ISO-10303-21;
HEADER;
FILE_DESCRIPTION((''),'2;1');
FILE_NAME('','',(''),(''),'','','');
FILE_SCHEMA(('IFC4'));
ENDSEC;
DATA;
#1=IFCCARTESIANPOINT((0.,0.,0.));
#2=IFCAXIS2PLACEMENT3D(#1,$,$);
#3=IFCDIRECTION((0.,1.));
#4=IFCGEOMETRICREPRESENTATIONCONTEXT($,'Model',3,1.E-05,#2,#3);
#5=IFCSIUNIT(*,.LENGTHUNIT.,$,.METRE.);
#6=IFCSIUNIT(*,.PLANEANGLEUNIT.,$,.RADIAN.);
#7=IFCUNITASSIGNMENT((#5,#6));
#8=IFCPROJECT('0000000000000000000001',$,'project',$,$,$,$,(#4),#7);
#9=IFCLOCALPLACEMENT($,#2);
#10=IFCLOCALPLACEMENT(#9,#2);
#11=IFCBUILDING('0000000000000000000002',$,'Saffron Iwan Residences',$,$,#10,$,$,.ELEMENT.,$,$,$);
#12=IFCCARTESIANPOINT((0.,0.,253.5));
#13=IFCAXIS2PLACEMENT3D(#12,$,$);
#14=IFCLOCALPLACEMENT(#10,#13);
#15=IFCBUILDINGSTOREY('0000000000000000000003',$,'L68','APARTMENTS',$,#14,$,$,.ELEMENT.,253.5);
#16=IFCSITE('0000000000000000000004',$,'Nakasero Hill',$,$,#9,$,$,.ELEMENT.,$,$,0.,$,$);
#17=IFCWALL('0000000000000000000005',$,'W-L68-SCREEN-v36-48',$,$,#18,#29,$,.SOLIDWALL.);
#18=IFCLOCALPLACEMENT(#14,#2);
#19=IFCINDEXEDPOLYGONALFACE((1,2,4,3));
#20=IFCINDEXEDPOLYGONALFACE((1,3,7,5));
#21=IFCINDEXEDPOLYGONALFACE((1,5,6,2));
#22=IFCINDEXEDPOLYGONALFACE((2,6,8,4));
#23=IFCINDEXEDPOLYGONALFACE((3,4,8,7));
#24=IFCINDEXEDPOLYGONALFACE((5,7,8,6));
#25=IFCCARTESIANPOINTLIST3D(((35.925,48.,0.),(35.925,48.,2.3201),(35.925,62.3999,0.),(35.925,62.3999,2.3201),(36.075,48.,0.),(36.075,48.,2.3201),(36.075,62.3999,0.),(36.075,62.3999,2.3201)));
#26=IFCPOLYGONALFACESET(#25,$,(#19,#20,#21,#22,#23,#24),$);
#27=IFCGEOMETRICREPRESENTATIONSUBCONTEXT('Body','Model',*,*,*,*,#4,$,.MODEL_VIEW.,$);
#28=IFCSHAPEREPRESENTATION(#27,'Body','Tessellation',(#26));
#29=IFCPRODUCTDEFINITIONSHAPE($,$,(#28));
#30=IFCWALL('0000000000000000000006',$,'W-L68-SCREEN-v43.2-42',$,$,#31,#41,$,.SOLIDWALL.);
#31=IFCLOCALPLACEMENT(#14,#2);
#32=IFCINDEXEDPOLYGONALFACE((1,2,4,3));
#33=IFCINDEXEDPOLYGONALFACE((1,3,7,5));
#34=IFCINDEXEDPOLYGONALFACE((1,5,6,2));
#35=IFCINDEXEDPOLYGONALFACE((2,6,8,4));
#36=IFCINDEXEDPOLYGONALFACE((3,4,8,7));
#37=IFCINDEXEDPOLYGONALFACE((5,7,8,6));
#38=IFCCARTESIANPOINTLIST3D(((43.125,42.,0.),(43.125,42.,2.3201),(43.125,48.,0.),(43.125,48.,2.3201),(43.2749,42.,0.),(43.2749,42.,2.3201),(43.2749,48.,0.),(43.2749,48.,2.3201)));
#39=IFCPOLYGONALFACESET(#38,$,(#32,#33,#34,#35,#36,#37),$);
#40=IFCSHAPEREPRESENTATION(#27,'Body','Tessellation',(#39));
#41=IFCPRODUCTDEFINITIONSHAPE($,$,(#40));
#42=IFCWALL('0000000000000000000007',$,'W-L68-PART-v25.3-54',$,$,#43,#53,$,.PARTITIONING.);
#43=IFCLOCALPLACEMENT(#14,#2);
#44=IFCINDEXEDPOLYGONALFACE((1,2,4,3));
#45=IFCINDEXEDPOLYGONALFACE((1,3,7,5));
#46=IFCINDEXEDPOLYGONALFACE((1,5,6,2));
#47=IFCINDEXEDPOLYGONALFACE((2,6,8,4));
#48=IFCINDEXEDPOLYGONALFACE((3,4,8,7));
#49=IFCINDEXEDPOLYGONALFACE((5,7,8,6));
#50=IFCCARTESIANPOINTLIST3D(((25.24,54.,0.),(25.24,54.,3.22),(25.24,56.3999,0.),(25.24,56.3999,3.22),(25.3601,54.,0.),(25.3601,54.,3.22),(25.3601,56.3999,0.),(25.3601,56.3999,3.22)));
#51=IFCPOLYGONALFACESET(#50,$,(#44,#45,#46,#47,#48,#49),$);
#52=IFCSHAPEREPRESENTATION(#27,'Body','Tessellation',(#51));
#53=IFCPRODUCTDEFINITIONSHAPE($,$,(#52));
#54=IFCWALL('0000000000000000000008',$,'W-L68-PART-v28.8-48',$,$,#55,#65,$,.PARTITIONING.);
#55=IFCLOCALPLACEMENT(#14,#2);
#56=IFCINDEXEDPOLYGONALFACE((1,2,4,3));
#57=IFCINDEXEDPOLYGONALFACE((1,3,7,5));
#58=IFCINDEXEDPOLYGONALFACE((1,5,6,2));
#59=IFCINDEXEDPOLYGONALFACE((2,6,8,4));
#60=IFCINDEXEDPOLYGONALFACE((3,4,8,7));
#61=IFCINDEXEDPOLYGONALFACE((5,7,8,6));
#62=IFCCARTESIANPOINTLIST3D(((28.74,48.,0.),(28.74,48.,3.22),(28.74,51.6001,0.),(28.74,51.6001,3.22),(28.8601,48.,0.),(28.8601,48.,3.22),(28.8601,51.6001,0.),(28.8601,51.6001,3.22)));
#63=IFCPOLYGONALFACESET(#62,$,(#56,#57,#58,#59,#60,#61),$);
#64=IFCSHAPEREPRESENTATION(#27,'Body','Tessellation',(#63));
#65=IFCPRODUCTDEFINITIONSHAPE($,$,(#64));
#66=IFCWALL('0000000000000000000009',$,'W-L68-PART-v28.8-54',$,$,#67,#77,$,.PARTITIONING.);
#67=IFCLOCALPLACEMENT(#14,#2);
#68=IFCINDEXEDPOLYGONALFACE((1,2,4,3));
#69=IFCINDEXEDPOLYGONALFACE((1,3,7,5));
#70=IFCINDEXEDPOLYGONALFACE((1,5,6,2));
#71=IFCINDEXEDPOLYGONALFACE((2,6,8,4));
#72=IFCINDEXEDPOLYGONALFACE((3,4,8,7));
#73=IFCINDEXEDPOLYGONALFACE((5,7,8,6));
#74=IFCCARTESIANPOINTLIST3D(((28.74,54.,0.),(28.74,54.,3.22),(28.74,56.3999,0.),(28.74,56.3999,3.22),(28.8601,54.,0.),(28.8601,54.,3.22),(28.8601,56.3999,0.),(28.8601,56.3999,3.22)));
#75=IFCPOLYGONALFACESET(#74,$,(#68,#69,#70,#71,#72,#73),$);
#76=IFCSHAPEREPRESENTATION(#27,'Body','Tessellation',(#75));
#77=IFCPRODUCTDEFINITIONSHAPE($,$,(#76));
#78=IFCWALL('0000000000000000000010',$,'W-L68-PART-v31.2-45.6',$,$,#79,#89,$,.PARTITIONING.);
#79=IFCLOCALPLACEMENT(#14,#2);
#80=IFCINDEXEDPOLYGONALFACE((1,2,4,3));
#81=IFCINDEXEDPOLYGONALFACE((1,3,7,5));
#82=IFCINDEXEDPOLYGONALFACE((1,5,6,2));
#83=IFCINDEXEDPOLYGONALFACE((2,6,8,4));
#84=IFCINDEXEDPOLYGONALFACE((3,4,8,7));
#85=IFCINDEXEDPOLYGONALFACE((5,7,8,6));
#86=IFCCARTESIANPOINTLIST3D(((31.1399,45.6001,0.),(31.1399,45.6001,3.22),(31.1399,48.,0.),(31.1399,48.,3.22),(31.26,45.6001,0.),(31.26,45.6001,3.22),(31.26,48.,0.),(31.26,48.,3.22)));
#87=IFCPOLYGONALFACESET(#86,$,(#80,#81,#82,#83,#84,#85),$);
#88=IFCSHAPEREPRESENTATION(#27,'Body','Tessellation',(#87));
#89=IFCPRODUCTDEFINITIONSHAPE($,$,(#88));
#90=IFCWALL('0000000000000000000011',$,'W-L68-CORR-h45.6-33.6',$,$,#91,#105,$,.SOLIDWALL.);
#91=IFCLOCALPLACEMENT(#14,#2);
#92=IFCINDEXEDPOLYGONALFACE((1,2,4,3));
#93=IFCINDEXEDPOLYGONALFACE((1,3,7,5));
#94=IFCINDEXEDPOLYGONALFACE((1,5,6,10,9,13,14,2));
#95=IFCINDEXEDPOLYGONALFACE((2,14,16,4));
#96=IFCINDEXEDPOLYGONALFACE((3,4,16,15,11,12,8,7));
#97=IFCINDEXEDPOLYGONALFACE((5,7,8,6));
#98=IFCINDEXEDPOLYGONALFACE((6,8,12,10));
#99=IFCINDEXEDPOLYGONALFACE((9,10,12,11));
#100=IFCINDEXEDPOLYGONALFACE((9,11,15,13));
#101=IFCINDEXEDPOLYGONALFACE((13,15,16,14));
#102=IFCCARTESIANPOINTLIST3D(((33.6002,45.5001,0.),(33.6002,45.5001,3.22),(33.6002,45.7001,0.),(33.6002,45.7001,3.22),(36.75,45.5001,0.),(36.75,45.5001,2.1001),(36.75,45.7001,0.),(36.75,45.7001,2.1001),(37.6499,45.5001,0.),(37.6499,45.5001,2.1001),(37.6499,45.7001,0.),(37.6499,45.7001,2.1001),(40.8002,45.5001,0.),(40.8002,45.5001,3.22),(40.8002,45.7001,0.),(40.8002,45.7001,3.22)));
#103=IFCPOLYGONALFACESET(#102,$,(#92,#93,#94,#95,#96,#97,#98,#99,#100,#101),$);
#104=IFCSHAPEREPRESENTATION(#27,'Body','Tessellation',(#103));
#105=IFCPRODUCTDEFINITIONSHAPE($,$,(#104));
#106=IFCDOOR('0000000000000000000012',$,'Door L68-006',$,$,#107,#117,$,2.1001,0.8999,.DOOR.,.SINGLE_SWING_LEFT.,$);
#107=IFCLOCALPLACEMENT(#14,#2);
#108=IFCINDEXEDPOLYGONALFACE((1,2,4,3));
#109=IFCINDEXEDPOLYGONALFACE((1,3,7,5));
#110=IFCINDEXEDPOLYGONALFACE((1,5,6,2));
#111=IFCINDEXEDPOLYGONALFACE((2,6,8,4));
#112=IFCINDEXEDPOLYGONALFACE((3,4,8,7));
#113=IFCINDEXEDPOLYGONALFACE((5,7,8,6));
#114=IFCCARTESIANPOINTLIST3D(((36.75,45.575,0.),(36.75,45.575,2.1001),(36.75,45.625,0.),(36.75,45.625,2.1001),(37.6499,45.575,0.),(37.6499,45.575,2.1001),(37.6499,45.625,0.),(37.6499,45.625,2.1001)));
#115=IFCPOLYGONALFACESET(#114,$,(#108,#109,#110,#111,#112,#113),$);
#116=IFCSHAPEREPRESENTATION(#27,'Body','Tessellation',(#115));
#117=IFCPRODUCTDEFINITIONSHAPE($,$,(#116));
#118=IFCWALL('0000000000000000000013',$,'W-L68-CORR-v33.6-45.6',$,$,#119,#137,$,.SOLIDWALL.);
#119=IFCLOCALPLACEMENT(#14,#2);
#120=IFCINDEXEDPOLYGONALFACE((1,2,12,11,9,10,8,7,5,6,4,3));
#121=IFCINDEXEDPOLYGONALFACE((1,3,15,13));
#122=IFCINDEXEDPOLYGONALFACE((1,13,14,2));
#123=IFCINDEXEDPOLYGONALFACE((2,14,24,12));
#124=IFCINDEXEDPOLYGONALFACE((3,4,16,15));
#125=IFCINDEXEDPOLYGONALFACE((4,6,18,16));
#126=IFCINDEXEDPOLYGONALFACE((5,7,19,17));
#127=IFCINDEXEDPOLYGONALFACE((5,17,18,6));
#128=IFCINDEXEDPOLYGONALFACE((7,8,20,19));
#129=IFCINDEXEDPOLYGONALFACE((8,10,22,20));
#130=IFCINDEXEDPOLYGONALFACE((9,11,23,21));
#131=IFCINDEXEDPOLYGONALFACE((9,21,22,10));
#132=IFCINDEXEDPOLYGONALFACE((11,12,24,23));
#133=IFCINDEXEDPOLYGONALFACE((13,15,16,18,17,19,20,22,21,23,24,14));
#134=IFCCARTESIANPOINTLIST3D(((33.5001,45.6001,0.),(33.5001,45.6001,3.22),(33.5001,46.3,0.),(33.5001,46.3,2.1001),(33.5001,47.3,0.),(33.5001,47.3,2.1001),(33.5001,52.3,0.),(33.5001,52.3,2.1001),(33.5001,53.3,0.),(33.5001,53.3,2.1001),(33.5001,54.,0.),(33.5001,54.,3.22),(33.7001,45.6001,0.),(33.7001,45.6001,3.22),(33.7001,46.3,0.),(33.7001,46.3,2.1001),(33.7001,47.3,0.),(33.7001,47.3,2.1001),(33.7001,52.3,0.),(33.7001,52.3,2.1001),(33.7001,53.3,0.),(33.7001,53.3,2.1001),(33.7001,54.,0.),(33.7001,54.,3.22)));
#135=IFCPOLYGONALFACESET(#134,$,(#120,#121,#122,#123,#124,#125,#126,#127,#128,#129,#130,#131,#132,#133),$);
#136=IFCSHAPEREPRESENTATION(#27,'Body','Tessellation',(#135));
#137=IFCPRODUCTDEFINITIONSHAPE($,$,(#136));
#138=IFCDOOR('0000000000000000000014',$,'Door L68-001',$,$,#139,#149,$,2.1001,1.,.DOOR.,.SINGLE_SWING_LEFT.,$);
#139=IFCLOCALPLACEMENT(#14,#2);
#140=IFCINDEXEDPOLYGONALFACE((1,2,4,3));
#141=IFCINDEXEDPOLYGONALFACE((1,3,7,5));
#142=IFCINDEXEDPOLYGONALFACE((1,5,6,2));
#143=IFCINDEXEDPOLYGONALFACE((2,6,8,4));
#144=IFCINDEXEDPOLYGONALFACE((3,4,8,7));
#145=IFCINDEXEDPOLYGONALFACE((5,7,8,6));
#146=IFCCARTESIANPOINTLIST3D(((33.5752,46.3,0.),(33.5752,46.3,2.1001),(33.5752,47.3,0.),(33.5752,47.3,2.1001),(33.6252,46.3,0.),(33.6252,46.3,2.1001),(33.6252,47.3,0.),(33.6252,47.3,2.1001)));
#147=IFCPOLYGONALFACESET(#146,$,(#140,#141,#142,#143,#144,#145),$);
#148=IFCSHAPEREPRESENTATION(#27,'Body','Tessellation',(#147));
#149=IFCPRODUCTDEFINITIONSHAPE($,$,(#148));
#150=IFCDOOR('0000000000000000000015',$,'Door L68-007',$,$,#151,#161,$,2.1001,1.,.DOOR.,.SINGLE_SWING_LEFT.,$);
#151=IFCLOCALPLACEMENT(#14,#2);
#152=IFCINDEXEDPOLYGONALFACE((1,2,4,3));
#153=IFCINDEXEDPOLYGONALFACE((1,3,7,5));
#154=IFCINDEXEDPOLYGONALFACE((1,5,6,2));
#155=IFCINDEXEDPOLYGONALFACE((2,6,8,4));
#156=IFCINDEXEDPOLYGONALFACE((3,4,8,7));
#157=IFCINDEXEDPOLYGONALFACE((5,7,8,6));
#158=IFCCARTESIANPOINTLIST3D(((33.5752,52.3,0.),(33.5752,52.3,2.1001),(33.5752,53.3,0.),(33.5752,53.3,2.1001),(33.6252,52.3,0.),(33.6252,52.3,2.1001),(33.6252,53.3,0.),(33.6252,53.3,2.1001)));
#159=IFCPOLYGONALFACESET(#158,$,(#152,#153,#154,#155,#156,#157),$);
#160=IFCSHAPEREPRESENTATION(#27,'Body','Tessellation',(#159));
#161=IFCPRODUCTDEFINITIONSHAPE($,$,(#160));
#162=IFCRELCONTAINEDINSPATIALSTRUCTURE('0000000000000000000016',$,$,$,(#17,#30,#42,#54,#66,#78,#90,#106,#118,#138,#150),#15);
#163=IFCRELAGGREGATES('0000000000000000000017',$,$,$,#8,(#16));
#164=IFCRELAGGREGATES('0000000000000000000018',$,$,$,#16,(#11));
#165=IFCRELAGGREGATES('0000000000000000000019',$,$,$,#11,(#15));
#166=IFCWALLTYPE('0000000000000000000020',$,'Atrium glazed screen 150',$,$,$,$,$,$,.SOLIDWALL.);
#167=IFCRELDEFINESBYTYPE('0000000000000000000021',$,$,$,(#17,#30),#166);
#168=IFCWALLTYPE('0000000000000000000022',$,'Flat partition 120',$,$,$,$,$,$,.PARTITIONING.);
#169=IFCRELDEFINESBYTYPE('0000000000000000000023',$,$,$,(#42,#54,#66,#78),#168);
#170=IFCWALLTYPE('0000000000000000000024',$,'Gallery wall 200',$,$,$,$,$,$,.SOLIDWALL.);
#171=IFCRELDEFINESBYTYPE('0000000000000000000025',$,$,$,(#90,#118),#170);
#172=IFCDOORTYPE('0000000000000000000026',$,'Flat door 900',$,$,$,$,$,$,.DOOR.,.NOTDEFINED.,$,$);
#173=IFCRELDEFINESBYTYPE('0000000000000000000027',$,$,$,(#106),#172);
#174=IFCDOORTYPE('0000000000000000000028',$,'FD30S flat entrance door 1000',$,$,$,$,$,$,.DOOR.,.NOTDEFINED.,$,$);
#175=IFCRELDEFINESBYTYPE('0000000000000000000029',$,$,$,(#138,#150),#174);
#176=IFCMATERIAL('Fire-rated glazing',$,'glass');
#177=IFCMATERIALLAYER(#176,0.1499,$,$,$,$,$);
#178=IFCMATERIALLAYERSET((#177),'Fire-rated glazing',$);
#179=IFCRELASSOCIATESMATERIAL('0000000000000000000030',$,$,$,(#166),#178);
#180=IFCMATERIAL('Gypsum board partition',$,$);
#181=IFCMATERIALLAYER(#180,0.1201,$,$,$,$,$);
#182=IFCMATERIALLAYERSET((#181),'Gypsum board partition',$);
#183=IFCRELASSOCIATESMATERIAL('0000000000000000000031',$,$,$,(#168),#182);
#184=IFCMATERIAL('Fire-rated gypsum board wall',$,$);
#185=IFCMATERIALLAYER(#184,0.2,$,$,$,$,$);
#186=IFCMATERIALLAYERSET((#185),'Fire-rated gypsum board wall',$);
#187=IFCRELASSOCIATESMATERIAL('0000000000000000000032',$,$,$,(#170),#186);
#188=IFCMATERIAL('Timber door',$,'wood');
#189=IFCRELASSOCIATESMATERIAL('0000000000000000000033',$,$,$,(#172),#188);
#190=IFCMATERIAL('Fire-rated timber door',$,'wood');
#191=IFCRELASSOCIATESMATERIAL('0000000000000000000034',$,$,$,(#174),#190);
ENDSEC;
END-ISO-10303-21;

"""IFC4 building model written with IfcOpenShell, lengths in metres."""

from ifc_helpers import new_model, si_unit, direction, frame, frame_2d, origin, place, context, subcontext, project, spatial, rectangle, extrude, material, layer, layer_set, type_object, element, fill, save


model = new_model("IFC4")

# Units and contexts
model_context = context("Model", 3, precision=1e-05, world=origin(), true_north=direction((0.0, 1.0)))
body_context = subcontext(model_context, "Body", "Model", "MODEL_VIEW")
ifc_project = project(units=[si_unit("LENGTHUNIT", "METRE"), si_unit("PLANEANGLEUNIT", "RADIAN")], contexts=[model_context])

# Site, building, storey
site_placement = place(None, origin())
site = spatial("IfcSite", under=ifc_project, at=site_placement, Name="Nakasero Hill", CompositionType="ELEMENT", RefElevation=0.0)
building_placement = place(site_placement, origin())
building = spatial("IfcBuilding", under=site, at=building_placement, Name="Saffron Iwan Residences", CompositionType="ELEMENT")
storey_placement = place(building_placement, frame((0.0, 0.0, 253.5)))
storey = spatial("IfcBuildingStorey", under=building, at=storey_placement, Name="L68", Description="APARTMENTS", CompositionType="ELEMENT", Elevation=253.5)

# Walls
ifc_material_1 = material(Name="Fire-rated glazing", Category="glass")
ifc_layer_1 = layer(ifc_material_1, 0.1499)
ifc_layer_set_1 = layer_set([ifc_layer_1], Name="Fire-rated glazing")
wall_type_1 = type_object("IfcWallType", Name="Atrium glazed screen 150", PredefinedType="SOLIDWALL", material=ifc_layer_set_1)
wall_1_placement = place(storey_placement, frame((36.0, 48.0, 0.0), z_axis=(0.0, 0.0, 1.0), x_axis=(0.0, 1.0, 0.0)))
element("IfcWall", 1, at=wall_1_placement, inside=storey, type_object=wall_type_1, Name="W-L68-SCREEN-v36-48", PredefinedType="SOLIDWALL", context=body_context, shape_type="SweptSolid", body=[
    extrude(rectangle(XDim=14.3999, YDim=0.1499, at=frame_2d((7.2, 0.0))), origin(), (0.0, 0.0, 1.0), 2.3201),
])
wall_2_placement = place(storey_placement, frame((43.2, 42.0, 0.0), z_axis=(0.0, 0.0, 1.0), x_axis=(0.0, 1.0, 0.0)))
element("IfcWall", 2, at=wall_2_placement, inside=storey, type_object=wall_type_1, Name="W-L68-SCREEN-v43.2-42", PredefinedType="SOLIDWALL", context=body_context, shape_type="SweptSolid", body=[
    extrude(rectangle(XDim=6.0, YDim=0.1499, at=frame_2d((3.0, 0.0))), origin(), (0.0, 0.0, 1.0), 2.3201),
])
ifc_material_2 = material(Name="Gypsum board partition")
ifc_layer_2 = layer(ifc_material_2, 0.1201)
ifc_layer_set_2 = layer_set([ifc_layer_2], Name="Gypsum board partition")
wall_type_2 = type_object("IfcWallType", Name="Flat partition 120", PredefinedType="PARTITIONING", material=ifc_layer_set_2)
wall_3_placement = place(storey_placement, frame((25.3, 54.0, 0.0), z_axis=(0.0, 0.0, 1.0), x_axis=(0.0, 1.0, 0.0)))
element("IfcWall", 3, at=wall_3_placement, inside=storey, type_object=wall_type_2, Name="W-L68-PART-v25.3-54", PredefinedType="PARTITIONING", context=body_context, shape_type="SweptSolid", body=[
    extrude(rectangle(XDim=2.3999, YDim=0.1201, at=frame_2d((1.2, 0.0))), origin(), (0.0, 0.0, 1.0), 3.22),
])
wall_4_placement = place(storey_placement, frame((28.8, 48.0, 0.0), z_axis=(0.0, 0.0, 1.0), x_axis=(0.0, 1.0, 0.0)))
element("IfcWall", 4, at=wall_4_placement, inside=storey, type_object=wall_type_2, Name="W-L68-PART-v28.8-48", PredefinedType="PARTITIONING", context=body_context, shape_type="SweptSolid", body=[
    extrude(rectangle(XDim=3.6001, YDim=0.1201, at=frame_2d((1.8, 0.0))), origin(), (0.0, 0.0, 1.0), 3.22),
])
for number, where, z_axis, x_axis, name in (
    (5, (28.8, 54.0, 0.0), (0.0, 0.0, 1.0), (0.0, 1.0, 0.0), "W-L68-PART-v28.8-54"),
    (6, (31.2, 45.6001, 0.0), (0.0, 0.0, 1.0), (0.0, 1.0, 0.0), "W-L68-PART-v31.2-45.6"),
):
    element("IfcWall", number, at=place(storey_placement, frame(where, z_axis=z_axis, x_axis=x_axis)), inside=storey, type_object=wall_type_2, Name=name, PredefinedType="PARTITIONING", context=body_context, shape_type="SweptSolid", body=[
        extrude(rectangle(XDim=2.3999, YDim=0.1201, at=frame_2d((1.2, 0.0))), origin(), (0.0, 0.0, 1.0), 3.22),
    ])

# Wall, opening, door
ifc_material_3 = material(Name="Fire-rated gypsum board wall")
ifc_layer_3 = layer(ifc_material_3, 0.2)
ifc_layer_set_3 = layer_set([ifc_layer_3], Name="Fire-rated gypsum board wall")
wall_type_3 = type_object("IfcWallType", Name="Gallery wall 200", PredefinedType="SOLIDWALL", material=ifc_layer_set_3)
wall_5_placement = place(storey_placement, frame((33.6001, 45.6001, 0.0), z_axis=(0.0, 0.0, 1.0), x_axis=(1.0, 0.0, 0.0)))
wall_5 = element("IfcWall", 7, at=wall_5_placement, inside=storey, type_object=wall_type_3, Name="W-L68-CORR-h45.6-33.6", PredefinedType="SOLIDWALL", context=body_context, shape_type="SweptSolid", body=[
    extrude(rectangle(XDim=7.2, YDim=0.2, at=frame_2d((3.6001, 0.0))), origin(), (0.0, 0.0, 1.0), 3.22),
])
opening_1_placement = place(wall_5_placement, frame((3.1499, 0.0, 0.0)))
opening_1 = element("IfcOpeningElement", 8, at=opening_1_placement, cuts=wall_5, PredefinedType="OPENING", context=body_context, shape_type="SweptSolid", body=[
    extrude(rectangle(XDim=0.8999, YDim=2.1001, at=frame_2d((0.45, 1.05))), frame((0.0, 0.1099, 0.0), z_axis=(0.0, -1.0, 0.0), x_axis=(1.0, 0.0, 0.0)), (0.0, 0.0, 1.0), 0.22),
])
ifc_material_4 = material(Name="Timber door", Category="wood")
door_type_1 = type_object("IfcDoorType", Name="Flat door 900", OperationType="NOTDEFINED", PredefinedType="DOOR", material=ifc_material_4)
door_1_placement = place(opening_1_placement, origin())
door_1 = element("IfcDoor", 9, at=door_1_placement, inside=storey, type_object=door_type_1, Name="Door L68-006", OperationType="SINGLE_SWING_LEFT", OverallHeight=2.1001, OverallWidth=0.8999, PredefinedType="DOOR", context=body_context, shape_type="SweptSolid", body=[
    extrude(rectangle(XDim=0.8999, YDim=2.1001, at=frame_2d((0.45, 1.05))), frame((0.0, 0.0249, 0.0), z_axis=(0.0, -1.0, 0.0), x_axis=(1.0, 0.0, 0.0)), (0.0, 0.0, 1.0), 0.05),
])
fill(opening_1, door_1)

# Wall, openings, doors
wall_6_placement = place(storey_placement, frame((33.6001, 45.6001, 0.0), z_axis=(0.0, 0.0, 1.0), x_axis=(0.0, 1.0, 0.0)))
wall_6 = element("IfcWall", 10, at=wall_6_placement, inside=storey, type_object=wall_type_3, Name="W-L68-CORR-v33.6-45.6", PredefinedType="SOLIDWALL", context=body_context, shape_type="SweptSolid", body=[
    extrude(rectangle(XDim=8.3999, YDim=0.2, at=frame_2d((4.2, 0.0))), origin(), (0.0, 0.0, 1.0), 3.22),
])
opening_2_placement = place(wall_6_placement, frame((0.7, 0.0, 0.0)))
opening_2 = element("IfcOpeningElement", 11, at=opening_2_placement, cuts=wall_6, PredefinedType="OPENING", context=body_context, shape_type="SweptSolid", body=[
    extrude(rectangle(XDim=1.0, YDim=2.1001, at=frame_2d((0.5, 1.05))), frame((0.0, 0.1099, 0.0), z_axis=(0.0, -1.0, 0.0), x_axis=(1.0, 0.0, 0.0)), (0.0, 0.0, 1.0), 0.22),
])
opening_3_placement = place(wall_6_placement, frame((6.7, 0.0, 0.0)))
opening_3 = element("IfcOpeningElement", 12, at=opening_3_placement, cuts=wall_6, PredefinedType="OPENING", context=body_context, shape_type="SweptSolid", body=[
    extrude(rectangle(XDim=1.0, YDim=2.1001, at=frame_2d((0.5, 1.05))), frame((0.0, 0.1099, 0.0), z_axis=(0.0, -1.0, 0.0), x_axis=(1.0, 0.0, 0.0)), (0.0, 0.0, 1.0), 0.22),
])
ifc_material_5 = material(Name="Fire-rated timber door", Category="wood")
door_type_2 = type_object("IfcDoorType", Name="FD30S flat entrance door 1000", OperationType="NOTDEFINED", PredefinedType="DOOR", material=ifc_material_5)
door_2_placement = place(opening_2_placement, origin())
door_2 = element("IfcDoor", 13, at=door_2_placement, inside=storey, type_object=door_type_2, Name="Door L68-001", OperationType="SINGLE_SWING_LEFT", OverallHeight=2.1001, OverallWidth=1.0, PredefinedType="DOOR", context=body_context, shape_type="SweptSolid", body=[
    extrude(rectangle(XDim=1.0, YDim=2.1001, at=frame_2d((0.5, 1.05))), frame((0.0, 0.0249, 0.0), z_axis=(0.0, -1.0, 0.0), x_axis=(1.0, 0.0, 0.0)), (0.0, 0.0, 1.0), 0.05),
])
fill(opening_2, door_2)
door_3_placement = place(opening_3_placement, origin())
door_3 = element("IfcDoor", 14, at=door_3_placement, inside=storey, type_object=door_type_2, Name="Door L68-007", OperationType="SINGLE_SWING_LEFT", OverallHeight=2.1001, OverallWidth=1.0, PredefinedType="DOOR", context=body_context, shape_type="SweptSolid", body=[
    extrude(rectangle(XDim=1.0, YDim=2.1001, at=frame_2d((0.5, 1.05))), frame((0.0, 0.0249, 0.0), z_axis=(0.0, -1.0, 0.0), x_axis=(1.0, 0.0, 0.0)), (0.0, 0.0, 1.0), 0.05),
])
fill(opening_3, door_3)

save(model, "model.ifc")
